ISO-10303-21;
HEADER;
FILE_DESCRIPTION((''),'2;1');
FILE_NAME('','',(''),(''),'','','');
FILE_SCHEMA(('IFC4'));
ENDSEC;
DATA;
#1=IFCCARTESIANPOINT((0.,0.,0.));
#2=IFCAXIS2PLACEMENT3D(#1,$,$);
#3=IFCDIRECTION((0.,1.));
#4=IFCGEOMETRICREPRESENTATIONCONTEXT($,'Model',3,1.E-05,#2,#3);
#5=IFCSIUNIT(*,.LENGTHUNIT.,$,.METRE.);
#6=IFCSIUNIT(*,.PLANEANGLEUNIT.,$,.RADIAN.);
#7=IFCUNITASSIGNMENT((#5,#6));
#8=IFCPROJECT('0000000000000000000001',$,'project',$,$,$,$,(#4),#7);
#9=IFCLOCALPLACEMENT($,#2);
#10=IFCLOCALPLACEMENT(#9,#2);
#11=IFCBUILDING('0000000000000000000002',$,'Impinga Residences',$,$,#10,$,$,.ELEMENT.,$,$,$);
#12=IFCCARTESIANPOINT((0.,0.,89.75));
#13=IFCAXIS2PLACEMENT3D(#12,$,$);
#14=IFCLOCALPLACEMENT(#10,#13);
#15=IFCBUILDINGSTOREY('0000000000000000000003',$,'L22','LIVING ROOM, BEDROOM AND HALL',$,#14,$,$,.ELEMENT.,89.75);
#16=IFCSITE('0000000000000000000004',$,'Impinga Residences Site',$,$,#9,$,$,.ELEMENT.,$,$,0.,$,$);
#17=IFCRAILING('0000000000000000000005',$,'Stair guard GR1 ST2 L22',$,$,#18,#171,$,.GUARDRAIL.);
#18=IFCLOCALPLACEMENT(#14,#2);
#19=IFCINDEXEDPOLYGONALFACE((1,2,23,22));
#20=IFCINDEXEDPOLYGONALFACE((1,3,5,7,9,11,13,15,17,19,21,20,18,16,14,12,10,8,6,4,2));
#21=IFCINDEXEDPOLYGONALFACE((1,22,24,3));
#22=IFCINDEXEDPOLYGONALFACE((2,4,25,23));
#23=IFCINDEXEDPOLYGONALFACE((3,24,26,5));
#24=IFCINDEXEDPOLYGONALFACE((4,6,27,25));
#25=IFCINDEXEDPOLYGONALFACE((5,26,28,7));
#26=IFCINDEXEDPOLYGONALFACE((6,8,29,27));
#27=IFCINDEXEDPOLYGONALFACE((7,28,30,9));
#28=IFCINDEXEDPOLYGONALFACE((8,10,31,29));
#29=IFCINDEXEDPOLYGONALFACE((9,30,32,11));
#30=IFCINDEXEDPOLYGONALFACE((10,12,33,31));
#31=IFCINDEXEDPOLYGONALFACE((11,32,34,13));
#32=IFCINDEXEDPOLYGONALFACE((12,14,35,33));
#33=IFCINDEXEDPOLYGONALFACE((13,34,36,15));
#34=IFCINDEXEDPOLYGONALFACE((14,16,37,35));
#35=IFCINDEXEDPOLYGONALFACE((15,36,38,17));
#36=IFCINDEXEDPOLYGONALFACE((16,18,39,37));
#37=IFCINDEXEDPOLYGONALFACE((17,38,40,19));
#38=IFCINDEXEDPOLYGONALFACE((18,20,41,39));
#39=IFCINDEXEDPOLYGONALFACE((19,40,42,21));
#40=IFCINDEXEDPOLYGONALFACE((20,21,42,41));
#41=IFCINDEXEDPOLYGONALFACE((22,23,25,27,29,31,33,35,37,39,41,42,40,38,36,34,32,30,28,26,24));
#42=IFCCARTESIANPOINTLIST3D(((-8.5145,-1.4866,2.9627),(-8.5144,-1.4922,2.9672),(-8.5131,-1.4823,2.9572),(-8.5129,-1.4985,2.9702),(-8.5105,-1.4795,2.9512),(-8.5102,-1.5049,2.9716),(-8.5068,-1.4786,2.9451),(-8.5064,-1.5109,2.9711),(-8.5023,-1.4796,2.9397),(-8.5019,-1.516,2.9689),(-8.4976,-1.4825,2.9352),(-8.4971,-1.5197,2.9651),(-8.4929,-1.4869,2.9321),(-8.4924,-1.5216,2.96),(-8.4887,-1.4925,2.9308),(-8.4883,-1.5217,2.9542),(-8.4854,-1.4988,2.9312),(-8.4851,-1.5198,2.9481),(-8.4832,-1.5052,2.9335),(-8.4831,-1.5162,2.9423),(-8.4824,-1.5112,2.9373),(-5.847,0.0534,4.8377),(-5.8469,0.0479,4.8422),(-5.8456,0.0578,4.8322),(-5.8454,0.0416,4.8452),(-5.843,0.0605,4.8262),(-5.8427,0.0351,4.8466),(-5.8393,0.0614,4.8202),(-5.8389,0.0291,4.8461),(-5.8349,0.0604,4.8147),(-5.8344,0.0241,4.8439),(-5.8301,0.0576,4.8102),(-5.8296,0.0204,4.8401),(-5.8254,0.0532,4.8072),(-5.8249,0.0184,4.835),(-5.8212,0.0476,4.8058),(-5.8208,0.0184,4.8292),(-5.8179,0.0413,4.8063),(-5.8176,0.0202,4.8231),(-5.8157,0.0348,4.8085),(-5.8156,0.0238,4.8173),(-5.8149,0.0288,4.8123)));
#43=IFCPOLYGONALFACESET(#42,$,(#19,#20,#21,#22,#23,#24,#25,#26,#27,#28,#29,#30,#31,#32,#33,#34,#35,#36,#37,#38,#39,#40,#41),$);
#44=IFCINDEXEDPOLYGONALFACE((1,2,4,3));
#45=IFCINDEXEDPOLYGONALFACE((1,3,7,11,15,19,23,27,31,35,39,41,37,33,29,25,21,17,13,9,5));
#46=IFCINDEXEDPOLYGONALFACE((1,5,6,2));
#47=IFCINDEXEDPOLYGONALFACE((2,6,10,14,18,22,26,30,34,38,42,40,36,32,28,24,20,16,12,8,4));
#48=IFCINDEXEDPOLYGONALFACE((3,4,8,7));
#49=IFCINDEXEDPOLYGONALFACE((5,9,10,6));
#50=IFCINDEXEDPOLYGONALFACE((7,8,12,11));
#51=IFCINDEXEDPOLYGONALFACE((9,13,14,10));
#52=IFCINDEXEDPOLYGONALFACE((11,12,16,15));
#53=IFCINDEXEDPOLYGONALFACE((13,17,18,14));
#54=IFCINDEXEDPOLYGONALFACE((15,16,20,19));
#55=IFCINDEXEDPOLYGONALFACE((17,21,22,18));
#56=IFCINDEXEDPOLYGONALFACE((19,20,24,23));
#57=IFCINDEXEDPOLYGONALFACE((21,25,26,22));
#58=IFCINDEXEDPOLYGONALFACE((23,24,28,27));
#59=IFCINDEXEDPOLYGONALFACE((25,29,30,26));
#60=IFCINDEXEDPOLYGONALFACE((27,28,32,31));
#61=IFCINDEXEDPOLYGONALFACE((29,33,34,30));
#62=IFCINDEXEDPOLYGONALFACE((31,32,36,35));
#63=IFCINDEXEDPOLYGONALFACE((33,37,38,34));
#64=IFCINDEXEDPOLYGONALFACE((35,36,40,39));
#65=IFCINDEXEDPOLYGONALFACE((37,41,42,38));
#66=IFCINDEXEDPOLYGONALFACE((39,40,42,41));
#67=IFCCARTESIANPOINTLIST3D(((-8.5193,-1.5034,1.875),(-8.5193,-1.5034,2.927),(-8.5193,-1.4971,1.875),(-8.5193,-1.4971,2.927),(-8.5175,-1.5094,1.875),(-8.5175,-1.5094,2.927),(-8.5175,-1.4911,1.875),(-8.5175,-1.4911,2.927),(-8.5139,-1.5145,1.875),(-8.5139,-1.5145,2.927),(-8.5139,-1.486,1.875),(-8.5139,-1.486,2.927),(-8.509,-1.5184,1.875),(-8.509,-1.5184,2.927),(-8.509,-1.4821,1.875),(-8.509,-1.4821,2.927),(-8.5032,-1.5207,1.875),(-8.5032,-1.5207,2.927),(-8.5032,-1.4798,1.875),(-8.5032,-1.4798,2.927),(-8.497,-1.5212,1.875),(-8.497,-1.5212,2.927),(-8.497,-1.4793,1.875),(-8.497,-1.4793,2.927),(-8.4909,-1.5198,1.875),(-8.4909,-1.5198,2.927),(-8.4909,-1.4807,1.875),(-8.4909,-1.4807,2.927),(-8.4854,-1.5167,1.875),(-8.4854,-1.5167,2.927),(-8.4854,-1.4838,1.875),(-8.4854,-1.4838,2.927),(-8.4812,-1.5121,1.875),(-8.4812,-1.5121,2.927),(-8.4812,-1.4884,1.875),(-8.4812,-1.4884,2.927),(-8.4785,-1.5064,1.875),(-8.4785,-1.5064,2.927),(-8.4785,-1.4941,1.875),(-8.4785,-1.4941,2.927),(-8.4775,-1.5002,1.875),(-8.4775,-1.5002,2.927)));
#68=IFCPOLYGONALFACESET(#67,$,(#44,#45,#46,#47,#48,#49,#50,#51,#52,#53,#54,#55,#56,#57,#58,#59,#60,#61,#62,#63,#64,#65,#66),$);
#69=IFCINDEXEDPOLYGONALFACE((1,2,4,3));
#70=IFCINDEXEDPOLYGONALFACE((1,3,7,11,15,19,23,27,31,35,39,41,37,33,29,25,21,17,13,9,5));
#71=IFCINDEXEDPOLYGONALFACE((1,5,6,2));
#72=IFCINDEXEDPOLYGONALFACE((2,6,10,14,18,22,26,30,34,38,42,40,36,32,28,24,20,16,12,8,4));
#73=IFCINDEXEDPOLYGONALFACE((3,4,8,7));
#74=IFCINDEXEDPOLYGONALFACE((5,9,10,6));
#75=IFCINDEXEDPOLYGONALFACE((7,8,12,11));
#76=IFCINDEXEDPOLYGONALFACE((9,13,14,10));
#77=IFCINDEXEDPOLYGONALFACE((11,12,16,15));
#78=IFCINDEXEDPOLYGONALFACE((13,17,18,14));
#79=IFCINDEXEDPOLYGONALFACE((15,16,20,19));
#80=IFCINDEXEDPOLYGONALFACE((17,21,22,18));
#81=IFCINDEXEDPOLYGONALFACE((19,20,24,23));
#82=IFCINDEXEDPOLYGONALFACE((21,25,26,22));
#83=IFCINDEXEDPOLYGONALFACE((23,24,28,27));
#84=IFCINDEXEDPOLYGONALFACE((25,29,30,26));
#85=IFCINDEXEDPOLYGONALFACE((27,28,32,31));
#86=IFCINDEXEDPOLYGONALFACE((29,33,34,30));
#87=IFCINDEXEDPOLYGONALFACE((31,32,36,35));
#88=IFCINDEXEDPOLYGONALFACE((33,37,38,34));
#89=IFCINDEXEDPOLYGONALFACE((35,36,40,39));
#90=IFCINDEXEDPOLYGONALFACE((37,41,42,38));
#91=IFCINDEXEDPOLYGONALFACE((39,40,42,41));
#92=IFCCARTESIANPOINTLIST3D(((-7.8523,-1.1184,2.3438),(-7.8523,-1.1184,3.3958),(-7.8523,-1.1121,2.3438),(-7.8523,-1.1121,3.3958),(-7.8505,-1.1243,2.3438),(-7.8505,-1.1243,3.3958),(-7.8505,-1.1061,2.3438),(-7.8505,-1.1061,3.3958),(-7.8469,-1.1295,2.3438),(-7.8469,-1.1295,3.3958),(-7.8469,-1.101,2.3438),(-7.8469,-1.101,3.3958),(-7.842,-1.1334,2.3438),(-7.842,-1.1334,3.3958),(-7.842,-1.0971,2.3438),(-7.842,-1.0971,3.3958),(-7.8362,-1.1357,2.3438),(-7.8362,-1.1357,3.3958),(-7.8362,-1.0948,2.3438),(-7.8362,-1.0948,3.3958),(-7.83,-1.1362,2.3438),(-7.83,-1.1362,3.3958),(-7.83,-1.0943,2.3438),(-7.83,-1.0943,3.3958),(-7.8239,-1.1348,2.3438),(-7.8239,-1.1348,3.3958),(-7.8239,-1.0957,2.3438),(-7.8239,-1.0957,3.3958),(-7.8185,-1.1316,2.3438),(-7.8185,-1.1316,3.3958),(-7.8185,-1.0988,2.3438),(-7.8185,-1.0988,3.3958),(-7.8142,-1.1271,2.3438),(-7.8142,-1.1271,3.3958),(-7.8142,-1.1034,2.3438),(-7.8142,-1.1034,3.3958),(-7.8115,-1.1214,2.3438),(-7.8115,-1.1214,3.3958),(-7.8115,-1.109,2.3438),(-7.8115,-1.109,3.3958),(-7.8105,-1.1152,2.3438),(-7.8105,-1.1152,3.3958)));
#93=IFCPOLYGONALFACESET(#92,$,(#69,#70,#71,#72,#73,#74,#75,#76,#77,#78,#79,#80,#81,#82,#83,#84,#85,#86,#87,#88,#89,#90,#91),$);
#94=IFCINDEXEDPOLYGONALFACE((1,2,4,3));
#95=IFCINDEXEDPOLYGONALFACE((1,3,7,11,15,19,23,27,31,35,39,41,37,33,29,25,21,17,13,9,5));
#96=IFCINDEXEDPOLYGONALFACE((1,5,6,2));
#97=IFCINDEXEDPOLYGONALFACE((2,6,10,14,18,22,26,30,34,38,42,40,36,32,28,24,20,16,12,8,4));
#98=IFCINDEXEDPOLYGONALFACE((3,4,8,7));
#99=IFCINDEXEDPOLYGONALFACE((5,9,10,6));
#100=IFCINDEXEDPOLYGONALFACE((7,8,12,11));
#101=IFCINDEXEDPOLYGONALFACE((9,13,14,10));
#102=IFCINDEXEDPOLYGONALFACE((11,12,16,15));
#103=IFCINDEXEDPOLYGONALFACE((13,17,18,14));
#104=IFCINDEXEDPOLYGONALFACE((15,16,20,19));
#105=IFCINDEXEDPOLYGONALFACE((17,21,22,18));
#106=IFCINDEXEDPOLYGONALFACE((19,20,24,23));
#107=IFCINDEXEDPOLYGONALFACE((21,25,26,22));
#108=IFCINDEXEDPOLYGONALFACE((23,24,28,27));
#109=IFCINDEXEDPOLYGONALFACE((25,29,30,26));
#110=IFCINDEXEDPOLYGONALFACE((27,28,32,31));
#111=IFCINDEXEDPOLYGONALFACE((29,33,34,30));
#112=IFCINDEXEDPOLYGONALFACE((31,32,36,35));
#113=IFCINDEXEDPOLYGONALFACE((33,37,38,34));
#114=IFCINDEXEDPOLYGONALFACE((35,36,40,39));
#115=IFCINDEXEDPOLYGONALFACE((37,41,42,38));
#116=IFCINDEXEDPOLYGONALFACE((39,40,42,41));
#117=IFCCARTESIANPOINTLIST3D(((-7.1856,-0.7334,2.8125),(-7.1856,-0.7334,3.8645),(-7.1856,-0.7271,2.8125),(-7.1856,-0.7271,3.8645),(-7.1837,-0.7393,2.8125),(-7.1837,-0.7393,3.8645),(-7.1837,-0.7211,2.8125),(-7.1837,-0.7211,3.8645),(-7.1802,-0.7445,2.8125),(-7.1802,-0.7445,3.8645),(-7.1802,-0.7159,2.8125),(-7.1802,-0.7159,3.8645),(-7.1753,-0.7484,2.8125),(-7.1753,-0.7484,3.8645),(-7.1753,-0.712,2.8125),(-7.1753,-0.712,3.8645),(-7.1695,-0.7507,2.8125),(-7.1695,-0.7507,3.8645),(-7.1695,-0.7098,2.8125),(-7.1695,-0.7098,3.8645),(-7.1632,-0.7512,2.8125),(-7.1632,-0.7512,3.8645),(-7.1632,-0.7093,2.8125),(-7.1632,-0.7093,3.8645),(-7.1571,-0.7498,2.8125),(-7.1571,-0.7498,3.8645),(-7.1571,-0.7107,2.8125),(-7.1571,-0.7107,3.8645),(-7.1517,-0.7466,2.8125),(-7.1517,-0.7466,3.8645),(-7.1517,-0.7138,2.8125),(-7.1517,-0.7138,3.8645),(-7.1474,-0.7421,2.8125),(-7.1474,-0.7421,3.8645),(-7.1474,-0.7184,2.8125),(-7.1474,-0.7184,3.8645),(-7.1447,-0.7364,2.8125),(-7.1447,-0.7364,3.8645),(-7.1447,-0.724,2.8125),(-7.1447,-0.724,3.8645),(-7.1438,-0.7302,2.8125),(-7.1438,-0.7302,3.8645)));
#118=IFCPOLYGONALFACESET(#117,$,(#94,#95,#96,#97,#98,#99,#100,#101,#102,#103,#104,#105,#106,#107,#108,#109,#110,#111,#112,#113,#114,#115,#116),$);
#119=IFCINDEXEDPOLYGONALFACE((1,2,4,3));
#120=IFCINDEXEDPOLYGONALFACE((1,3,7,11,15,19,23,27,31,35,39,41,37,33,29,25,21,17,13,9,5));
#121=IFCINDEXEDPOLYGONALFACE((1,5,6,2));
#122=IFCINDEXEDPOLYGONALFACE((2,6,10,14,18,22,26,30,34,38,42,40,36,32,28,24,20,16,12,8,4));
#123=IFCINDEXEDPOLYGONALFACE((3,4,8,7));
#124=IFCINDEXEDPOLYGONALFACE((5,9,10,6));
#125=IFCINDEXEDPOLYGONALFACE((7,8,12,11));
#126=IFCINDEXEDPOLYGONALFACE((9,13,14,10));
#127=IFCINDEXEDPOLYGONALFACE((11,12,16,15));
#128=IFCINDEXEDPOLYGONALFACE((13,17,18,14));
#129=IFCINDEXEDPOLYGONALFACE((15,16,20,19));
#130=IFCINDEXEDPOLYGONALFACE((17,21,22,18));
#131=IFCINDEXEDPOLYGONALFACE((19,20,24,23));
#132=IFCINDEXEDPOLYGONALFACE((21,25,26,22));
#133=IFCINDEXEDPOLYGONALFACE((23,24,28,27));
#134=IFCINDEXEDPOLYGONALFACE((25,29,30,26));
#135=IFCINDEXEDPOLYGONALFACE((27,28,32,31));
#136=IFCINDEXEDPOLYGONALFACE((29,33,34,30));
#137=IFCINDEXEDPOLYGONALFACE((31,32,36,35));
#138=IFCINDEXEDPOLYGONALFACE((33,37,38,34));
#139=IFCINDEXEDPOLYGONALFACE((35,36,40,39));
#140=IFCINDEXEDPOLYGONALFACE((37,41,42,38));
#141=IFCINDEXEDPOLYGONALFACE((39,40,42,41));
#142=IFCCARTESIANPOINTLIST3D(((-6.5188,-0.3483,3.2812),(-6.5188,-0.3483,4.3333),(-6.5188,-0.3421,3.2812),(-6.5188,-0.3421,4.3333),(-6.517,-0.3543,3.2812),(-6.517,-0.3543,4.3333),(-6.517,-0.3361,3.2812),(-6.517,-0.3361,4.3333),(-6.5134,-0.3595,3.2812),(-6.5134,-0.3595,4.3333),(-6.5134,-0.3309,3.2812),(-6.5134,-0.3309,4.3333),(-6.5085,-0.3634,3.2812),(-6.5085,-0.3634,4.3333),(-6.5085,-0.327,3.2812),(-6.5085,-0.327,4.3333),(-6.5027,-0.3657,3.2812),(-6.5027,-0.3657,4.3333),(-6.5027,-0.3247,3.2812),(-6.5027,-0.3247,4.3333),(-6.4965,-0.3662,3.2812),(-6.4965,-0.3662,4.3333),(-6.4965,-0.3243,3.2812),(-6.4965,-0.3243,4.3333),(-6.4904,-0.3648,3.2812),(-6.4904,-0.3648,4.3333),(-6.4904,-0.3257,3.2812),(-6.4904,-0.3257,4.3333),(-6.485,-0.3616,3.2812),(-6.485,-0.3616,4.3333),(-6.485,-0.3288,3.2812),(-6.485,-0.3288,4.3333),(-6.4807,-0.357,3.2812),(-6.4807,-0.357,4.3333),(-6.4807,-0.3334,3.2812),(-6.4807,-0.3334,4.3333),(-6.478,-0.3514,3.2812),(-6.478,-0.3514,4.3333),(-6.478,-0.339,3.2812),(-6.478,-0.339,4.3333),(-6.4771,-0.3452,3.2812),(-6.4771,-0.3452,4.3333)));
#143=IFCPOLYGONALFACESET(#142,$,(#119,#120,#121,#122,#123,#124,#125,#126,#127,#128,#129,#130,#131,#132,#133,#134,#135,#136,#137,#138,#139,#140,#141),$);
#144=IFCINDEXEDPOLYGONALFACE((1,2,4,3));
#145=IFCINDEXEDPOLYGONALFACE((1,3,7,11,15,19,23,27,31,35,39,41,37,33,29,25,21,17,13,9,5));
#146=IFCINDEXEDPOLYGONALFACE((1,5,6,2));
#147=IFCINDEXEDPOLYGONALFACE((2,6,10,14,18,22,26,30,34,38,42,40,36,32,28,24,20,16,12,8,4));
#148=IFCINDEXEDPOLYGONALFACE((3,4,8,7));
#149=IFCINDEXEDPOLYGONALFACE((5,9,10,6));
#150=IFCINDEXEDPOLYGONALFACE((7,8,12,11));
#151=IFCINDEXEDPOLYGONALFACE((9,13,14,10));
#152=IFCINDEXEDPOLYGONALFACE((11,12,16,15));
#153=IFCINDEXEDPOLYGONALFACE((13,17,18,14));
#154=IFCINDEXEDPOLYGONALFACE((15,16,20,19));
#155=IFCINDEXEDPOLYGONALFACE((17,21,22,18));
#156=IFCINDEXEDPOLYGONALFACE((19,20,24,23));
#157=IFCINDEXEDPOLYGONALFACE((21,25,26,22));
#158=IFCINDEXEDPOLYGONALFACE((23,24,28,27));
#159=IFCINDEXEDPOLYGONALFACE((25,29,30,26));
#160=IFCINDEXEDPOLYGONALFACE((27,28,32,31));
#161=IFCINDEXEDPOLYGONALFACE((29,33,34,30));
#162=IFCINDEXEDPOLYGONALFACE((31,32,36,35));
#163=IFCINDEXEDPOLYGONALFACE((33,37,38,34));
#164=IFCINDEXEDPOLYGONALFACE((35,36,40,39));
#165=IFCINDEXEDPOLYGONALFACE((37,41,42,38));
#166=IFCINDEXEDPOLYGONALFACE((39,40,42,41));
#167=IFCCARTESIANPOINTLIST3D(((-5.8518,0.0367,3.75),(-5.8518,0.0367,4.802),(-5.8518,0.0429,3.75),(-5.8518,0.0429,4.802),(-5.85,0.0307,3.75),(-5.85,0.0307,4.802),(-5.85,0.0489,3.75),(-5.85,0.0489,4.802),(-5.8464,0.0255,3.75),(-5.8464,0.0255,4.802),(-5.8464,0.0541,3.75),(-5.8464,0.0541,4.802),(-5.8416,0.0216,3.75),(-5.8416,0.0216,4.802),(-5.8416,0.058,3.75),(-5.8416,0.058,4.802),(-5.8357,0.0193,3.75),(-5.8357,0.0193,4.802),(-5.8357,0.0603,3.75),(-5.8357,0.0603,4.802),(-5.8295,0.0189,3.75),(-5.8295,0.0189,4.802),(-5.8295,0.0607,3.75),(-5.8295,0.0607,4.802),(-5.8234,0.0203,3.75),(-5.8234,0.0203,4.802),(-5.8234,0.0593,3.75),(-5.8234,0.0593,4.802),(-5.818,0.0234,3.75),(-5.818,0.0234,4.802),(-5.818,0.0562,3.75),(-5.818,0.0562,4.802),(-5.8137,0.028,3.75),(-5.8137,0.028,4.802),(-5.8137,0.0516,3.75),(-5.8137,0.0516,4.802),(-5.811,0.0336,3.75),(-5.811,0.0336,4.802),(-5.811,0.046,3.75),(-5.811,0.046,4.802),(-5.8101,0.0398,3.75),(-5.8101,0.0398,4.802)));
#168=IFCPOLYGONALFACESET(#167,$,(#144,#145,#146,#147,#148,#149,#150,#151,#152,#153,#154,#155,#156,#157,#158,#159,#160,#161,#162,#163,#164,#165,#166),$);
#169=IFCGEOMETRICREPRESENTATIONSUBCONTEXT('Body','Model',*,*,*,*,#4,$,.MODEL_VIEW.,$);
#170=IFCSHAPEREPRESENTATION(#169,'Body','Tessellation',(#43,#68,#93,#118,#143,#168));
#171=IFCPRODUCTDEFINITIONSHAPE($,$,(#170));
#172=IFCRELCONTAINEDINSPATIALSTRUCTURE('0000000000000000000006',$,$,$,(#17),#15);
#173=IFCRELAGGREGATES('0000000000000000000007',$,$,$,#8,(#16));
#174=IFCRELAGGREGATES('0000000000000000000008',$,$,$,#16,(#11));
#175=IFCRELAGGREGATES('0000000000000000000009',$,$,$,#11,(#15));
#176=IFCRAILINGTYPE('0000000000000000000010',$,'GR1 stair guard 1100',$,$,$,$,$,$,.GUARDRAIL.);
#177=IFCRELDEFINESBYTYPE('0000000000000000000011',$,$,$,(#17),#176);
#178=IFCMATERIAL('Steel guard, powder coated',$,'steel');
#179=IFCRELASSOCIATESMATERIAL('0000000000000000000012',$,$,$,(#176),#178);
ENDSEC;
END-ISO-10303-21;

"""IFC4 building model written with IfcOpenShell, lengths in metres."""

from ifc_helpers import new_model, si_unit, direction, frame, origin, origin_2d, place, context, subcontext, project, spatial, circle, extrude, material, type_object, element, save


model = new_model("IFC4")

# Units and contexts
model_context = context("Model", 3, precision=1e-05, world=origin(), true_north=direction((0.0, 1.0)))
body_context = subcontext(model_context, "Body", "Model", "MODEL_VIEW")
ifc_project = project(units=[si_unit("LENGTHUNIT", "METRE"), si_unit("PLANEANGLEUNIT", "RADIAN")], contexts=[model_context])

# Site, building, storey
site_placement = place(None, origin())
site = spatial("IfcSite", under=ifc_project, at=site_placement, Name="Impinga Residences Site", CompositionType="ELEMENT", RefElevation=0.0)
building_placement = place(site_placement, origin())
building = spatial("IfcBuilding", under=site, at=building_placement, Name="Impinga Residences", CompositionType="ELEMENT")
storey_placement = place(building_placement, frame((0.0, 0.0, 89.75)))
storey = spatial("IfcBuildingStorey", under=building, at=storey_placement, Name="L22", Description="LIVING ROOM, BEDROOM AND HALL", CompositionType="ELEMENT", Elevation=89.75)

# Railing
ifc_material_1 = material(Name="Steel guard, powder coated", Category="steel")
railing_type = type_object("IfcRailingType", Name="GR1 stair guard 1100", PredefinedType="GUARDRAIL", material=ifc_material_1)
railing_placement = place(storey_placement, frame((-8.4985, -1.5002, 1.875)))
element("IfcRailing", 1, at=railing_placement, inside=storey, type_object=railing_type, Name="Stair guard GR1 ST2 L22", PredefinedType="GUARDRAIL", context=body_context, shape_type="SweptSolid", body=[
    extrude(circle(Radius=0.0239, at=origin_2d()), frame((0.0, 0.0, 1.0762), z_axis=(0.739746, 0.427084, 0.519975), x_axis=(-0.499992, 0.86603, 0.0)), (0.0, 0.0, 1.0), 3.606),
    extrude(circle(Radius=0.021, at=origin_2d()), origin(), (0.0, 0.0, 1.0), 1.052),
    extrude(circle(Radius=0.021, at=origin_2d()), frame((0.667, 0.385, 0.4688)), (0.0, 0.0, 1.0), 1.052),
    extrude(circle(Radius=0.021, at=origin_2d()), frame((1.3337, 0.77, 0.9375)), (0.0, 0.0, 1.0), 1.052),
    extrude(circle(Radius=0.021, at=origin_2d()), frame((2.0005, 1.155, 1.4062)), (0.0, 0.0, 1.0), 1.052),
    extrude(circle(Radius=0.021, at=origin_2d()), frame((2.6675, 1.54, 1.875)), (0.0, 0.0, 1.0), 1.052),
])

save(model, "model.ifc")
